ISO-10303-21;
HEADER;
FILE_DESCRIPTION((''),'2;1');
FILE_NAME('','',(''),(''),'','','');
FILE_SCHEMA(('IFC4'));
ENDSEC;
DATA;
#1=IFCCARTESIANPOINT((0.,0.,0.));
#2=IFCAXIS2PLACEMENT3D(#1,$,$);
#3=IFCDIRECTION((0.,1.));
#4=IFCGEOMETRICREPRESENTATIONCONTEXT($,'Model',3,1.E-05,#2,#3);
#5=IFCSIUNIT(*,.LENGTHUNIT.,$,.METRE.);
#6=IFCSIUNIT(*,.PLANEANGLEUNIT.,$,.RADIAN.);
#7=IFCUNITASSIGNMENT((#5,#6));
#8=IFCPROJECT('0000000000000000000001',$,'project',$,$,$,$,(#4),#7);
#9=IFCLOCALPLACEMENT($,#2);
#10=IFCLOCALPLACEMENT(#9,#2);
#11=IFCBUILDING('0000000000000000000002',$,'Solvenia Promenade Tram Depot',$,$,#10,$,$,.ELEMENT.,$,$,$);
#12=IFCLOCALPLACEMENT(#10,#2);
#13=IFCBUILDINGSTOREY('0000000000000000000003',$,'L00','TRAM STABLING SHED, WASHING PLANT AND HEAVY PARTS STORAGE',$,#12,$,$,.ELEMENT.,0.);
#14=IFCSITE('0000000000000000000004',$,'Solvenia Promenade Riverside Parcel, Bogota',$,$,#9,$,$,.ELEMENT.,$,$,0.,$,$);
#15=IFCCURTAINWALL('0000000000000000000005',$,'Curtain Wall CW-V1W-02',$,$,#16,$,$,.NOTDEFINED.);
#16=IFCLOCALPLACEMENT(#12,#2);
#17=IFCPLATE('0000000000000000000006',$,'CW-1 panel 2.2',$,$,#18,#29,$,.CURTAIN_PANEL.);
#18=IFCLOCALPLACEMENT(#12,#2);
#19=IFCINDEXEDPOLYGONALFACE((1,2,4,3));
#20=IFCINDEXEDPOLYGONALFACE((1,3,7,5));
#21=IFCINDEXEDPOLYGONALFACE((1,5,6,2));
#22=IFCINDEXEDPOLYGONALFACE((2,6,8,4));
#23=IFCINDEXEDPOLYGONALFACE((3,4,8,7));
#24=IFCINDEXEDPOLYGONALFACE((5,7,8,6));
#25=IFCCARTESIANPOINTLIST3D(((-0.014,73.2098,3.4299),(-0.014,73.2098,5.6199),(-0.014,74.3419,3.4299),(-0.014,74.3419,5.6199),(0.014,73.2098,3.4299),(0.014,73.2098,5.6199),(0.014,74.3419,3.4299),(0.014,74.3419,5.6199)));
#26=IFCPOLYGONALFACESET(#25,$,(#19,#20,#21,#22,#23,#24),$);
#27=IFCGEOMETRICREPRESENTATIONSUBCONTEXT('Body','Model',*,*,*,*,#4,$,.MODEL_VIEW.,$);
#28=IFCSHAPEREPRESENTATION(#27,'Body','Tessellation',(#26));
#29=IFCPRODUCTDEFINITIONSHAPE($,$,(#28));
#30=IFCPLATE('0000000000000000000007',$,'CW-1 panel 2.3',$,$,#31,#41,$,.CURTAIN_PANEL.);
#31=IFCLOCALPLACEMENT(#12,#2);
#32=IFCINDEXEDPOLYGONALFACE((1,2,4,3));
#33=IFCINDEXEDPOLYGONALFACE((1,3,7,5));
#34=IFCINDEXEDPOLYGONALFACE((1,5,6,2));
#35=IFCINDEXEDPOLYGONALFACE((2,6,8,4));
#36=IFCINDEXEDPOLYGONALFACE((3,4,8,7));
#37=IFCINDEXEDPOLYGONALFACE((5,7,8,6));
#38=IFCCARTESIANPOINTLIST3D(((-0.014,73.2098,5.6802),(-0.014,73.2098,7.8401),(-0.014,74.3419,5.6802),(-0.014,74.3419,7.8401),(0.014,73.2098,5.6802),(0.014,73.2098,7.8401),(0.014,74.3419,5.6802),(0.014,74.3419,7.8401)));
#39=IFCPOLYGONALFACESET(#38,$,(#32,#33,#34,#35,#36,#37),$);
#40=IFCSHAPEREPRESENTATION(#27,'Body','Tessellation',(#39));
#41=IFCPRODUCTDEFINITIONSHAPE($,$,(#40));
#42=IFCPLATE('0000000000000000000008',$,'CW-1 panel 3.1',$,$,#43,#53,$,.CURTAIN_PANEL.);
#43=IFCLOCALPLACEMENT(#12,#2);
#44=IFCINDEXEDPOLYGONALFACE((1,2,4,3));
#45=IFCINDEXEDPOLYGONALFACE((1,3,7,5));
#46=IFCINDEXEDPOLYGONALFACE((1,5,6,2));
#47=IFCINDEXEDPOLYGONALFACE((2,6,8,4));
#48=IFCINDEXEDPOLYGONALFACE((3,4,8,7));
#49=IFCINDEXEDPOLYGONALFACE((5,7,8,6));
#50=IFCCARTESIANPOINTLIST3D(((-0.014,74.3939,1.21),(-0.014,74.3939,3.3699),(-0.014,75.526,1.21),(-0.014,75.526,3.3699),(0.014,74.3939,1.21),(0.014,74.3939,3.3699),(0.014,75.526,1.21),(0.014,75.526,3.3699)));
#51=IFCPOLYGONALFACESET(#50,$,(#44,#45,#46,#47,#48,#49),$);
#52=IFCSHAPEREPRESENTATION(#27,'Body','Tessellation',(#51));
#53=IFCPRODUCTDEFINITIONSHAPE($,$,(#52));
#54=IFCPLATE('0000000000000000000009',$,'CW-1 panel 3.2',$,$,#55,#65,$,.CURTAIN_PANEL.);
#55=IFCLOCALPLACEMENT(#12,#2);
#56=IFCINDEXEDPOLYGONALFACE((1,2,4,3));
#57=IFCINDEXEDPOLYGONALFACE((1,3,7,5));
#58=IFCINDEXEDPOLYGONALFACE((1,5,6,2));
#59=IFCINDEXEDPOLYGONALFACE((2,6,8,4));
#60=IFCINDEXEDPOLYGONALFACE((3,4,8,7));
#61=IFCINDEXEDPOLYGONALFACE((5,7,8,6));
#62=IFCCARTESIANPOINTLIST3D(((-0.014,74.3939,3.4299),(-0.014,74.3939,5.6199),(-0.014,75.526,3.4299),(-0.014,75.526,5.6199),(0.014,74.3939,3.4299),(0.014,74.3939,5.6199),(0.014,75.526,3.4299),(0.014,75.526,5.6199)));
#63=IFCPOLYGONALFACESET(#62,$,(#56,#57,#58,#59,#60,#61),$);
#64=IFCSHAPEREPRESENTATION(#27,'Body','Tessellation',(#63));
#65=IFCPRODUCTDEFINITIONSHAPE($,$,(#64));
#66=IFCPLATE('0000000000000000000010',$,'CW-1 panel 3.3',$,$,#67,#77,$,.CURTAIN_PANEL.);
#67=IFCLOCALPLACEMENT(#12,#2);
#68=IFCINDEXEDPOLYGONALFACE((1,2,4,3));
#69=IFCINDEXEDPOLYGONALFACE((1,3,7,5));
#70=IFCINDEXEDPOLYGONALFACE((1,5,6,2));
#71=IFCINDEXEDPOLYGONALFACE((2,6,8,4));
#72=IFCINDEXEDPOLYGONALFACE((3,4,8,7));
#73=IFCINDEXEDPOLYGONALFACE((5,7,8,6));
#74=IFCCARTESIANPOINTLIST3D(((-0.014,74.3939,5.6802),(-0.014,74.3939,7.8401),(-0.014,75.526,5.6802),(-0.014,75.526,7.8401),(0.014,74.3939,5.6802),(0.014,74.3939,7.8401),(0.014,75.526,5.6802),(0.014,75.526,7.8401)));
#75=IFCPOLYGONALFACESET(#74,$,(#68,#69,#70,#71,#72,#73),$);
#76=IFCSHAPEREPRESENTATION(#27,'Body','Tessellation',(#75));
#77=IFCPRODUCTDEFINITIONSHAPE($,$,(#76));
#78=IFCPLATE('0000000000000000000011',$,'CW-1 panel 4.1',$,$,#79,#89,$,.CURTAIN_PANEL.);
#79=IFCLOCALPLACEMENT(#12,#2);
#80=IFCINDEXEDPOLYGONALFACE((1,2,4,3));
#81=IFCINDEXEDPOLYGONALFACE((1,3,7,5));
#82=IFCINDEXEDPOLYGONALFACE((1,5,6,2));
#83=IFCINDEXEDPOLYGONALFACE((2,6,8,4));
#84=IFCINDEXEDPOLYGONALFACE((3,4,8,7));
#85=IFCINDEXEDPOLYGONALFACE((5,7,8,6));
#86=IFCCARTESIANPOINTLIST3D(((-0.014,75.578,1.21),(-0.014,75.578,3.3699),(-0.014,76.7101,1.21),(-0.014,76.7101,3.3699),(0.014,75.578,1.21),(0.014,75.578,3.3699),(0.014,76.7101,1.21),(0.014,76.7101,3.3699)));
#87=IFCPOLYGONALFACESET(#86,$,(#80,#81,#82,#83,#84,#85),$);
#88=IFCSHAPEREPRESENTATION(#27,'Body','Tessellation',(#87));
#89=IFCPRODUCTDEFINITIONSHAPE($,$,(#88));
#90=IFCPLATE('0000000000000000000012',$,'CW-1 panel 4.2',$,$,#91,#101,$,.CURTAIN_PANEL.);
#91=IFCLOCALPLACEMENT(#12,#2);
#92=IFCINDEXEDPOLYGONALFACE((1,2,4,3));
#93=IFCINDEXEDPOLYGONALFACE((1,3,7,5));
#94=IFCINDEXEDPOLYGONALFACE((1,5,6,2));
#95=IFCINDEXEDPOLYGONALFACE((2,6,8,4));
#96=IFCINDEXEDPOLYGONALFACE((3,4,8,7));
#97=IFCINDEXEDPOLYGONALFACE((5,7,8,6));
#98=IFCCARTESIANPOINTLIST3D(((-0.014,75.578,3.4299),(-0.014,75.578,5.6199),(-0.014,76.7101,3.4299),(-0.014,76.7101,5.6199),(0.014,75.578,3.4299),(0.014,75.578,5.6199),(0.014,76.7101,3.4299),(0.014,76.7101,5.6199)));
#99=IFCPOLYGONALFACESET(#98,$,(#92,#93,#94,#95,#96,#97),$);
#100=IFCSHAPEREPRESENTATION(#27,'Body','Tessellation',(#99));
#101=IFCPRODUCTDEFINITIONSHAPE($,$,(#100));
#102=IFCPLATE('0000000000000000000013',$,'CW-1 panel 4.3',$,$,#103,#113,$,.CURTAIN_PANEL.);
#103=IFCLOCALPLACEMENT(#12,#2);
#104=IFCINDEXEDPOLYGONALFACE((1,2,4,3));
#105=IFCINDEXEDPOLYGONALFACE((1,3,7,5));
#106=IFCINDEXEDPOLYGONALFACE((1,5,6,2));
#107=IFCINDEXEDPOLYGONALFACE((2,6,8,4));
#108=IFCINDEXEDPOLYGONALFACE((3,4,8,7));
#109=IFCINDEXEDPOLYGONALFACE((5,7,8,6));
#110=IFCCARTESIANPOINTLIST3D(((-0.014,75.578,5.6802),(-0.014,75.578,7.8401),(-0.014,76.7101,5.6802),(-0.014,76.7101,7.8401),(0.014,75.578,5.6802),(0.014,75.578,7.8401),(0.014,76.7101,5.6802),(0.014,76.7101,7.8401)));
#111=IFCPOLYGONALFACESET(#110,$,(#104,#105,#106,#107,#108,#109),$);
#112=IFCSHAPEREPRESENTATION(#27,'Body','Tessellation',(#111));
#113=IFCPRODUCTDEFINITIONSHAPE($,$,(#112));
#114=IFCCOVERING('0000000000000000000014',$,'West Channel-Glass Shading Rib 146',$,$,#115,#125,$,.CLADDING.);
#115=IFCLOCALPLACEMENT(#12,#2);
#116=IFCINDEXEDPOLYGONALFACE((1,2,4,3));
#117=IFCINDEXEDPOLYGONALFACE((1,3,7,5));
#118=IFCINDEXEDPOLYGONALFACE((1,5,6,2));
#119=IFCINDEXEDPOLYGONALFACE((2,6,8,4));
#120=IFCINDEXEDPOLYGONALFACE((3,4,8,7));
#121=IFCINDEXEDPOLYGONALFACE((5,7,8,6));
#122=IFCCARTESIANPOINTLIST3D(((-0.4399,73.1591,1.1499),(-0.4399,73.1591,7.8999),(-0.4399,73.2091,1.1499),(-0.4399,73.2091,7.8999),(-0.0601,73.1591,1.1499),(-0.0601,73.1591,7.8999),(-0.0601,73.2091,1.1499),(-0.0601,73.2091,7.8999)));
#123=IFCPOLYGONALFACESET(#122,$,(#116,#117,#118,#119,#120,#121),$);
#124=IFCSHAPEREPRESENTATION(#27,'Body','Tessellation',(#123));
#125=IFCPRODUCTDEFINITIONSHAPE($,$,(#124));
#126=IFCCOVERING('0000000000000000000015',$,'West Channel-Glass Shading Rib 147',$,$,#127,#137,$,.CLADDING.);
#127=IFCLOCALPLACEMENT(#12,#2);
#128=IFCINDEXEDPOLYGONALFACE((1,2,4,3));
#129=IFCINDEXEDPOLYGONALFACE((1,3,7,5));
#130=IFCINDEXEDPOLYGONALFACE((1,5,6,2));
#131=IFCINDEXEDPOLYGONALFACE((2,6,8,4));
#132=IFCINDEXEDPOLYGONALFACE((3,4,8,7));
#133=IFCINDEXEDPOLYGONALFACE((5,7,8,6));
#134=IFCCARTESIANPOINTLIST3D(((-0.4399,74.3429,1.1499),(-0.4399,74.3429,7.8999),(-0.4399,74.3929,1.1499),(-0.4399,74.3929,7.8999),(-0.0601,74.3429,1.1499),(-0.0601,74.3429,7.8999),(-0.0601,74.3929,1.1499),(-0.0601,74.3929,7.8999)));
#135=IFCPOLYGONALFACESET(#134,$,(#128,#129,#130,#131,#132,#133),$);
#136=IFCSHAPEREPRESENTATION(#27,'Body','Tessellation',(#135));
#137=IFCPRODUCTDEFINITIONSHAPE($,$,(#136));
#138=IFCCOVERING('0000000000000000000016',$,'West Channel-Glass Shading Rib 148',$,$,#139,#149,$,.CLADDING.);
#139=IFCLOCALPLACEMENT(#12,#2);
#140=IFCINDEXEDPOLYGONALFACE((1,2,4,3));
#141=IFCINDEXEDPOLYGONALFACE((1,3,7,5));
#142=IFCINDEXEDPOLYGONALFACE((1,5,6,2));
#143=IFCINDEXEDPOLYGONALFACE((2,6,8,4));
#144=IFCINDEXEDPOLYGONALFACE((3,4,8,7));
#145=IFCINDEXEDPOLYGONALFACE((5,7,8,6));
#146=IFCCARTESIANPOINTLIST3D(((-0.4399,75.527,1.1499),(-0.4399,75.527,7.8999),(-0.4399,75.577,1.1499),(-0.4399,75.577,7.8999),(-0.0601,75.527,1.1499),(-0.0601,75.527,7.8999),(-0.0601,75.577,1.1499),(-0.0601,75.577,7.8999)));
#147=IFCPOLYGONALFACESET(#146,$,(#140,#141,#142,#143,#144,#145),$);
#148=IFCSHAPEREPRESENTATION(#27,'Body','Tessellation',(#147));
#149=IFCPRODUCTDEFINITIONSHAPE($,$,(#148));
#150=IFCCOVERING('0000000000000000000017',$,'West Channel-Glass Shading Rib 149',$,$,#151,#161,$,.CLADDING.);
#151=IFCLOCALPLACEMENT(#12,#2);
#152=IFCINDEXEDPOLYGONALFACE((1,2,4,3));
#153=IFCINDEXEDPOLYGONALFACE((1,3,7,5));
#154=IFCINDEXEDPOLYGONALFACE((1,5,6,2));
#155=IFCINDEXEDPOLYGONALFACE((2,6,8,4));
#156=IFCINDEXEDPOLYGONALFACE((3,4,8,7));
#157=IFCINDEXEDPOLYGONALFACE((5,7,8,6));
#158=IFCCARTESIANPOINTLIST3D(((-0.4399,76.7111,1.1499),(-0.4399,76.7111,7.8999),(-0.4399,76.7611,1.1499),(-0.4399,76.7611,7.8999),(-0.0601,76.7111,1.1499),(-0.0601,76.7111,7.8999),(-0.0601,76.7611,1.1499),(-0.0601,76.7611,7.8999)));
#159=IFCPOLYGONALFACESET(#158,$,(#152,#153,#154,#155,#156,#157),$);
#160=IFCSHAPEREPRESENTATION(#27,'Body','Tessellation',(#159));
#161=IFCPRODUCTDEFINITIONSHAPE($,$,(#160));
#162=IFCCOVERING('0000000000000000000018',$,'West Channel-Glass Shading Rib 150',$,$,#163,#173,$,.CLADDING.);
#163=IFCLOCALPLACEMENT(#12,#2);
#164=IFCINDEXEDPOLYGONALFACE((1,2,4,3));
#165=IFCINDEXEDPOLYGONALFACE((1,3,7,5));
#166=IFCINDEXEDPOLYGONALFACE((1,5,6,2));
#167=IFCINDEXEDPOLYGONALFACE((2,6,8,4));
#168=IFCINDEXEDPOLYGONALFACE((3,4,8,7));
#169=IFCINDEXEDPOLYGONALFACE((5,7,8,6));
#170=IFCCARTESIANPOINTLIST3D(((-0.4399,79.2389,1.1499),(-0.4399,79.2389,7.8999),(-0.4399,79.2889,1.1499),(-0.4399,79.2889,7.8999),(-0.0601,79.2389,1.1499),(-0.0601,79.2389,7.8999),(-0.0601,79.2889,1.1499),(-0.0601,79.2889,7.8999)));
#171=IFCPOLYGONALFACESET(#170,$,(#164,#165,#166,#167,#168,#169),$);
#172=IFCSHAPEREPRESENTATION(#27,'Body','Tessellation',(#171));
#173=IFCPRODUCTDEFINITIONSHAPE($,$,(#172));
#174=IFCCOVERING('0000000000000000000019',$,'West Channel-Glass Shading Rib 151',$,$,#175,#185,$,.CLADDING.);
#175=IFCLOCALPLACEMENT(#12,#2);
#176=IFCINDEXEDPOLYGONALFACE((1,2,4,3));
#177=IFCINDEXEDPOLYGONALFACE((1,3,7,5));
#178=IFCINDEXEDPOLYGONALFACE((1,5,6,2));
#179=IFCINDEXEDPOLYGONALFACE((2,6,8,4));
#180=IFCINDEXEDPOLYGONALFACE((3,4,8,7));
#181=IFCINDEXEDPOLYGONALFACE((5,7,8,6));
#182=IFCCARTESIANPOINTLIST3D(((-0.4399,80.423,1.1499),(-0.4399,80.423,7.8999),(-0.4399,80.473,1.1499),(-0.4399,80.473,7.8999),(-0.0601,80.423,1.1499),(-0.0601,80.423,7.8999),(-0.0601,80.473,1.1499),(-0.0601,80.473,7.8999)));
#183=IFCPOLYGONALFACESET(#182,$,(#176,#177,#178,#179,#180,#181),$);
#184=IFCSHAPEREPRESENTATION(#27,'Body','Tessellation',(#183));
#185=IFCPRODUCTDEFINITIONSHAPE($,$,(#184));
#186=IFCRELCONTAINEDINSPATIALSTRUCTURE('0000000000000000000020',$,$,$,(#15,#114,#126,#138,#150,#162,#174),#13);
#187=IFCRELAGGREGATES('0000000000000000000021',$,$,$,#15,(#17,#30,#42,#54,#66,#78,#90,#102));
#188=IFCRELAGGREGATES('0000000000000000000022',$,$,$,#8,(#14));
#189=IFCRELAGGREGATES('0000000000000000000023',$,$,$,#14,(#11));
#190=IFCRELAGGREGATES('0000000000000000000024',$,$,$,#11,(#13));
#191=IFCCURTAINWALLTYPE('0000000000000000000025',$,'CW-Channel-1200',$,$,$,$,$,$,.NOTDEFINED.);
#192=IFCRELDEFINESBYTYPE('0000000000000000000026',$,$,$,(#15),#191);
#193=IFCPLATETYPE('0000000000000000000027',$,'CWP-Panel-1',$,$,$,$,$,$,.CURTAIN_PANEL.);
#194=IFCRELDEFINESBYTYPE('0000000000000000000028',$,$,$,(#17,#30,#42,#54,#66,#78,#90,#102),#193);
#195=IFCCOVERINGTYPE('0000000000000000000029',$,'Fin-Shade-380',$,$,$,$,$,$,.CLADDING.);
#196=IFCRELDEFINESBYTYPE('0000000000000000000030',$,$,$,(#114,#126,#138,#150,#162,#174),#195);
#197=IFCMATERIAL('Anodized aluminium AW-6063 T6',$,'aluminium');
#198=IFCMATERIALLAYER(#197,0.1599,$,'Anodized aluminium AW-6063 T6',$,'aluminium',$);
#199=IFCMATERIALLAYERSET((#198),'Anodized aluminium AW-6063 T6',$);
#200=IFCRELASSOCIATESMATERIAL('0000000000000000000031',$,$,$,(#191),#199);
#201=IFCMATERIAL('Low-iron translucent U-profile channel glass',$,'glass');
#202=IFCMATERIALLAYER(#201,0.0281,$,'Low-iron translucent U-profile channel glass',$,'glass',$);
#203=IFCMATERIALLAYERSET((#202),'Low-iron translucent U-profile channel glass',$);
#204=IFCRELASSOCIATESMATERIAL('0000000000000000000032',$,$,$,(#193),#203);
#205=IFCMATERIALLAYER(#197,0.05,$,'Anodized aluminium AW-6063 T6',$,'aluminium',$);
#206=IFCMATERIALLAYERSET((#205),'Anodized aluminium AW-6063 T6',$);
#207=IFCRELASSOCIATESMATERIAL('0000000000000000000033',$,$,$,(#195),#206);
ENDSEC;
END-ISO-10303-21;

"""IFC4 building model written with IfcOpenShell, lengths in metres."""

from ifc_helpers import new_model, si_unit, direction, frame, origin, origin_2d, place, context, subcontext, project, spatial, rectangle, extrude, material, layer, layer_set, type_object, element, aggregate, save


model = new_model("IFC4")

# Units and contexts
model_context = context("Model", 3, precision=1e-05, world=origin(), true_north=direction((0.0, 1.0)))
body_context = subcontext(model_context, "Body", "Model", "MODEL_VIEW")
ifc_project = project(units=[si_unit("LENGTHUNIT", "METRE"), si_unit("PLANEANGLEUNIT", "RADIAN")], contexts=[model_context])

# Site, building, storey
site_placement = place(None, origin())
site = spatial("IfcSite", under=ifc_project, at=site_placement, Name="Solvenia Promenade Riverside Parcel, Bogota", CompositionType="ELEMENT", RefElevation=0.0)
building_placement = place(site_placement, origin())
building = spatial("IfcBuilding", under=site, at=building_placement, Name="Solvenia Promenade Tram Depot", CompositionType="ELEMENT")
storey_placement = place(building_placement, origin())
storey = spatial("IfcBuildingStorey", under=building, at=storey_placement, Name="L00", Description="TRAM STABLING SHED, WASHING PLANT AND HEAVY PARTS STORAGE", CompositionType="ELEMENT", Elevation=0.0)

# Curtain wall, plates
ifc_material_1 = material(Name="Anodized aluminium AW-6063 T6", Category="aluminium")
ifc_layer_1 = layer(ifc_material_1, 0.1599, Name="Anodized aluminium AW-6063 T6", Category="aluminium")
ifc_layer_set_1 = layer_set([ifc_layer_1], Name="Anodized aluminium AW-6063 T6")
curtain_wall_type = type_object("IfcCurtainWallType", Name="CW-Channel-1200", PredefinedType="NOTDEFINED", material=ifc_layer_set_1)
curtain_wall_placement = place(storey_placement, origin())
curtain_wall = element("IfcCurtainWall", 1, at=curtain_wall_placement, inside=storey, type_object=curtain_wall_type, Name="Curtain Wall CW-V1W-02", PredefinedType="NOTDEFINED")
ifc_material_2 = material(Name="Low-iron translucent U-profile channel glass", Category="glass")
ifc_layer_2 = layer(ifc_material_2, 0.0281, Name="Low-iron translucent U-profile channel glass", Category="glass")
ifc_layer_set_2 = layer_set([ifc_layer_2], Name="Low-iron translucent U-profile channel glass")
plate_type = type_object("IfcPlateType", Name="CWP-Panel-1", PredefinedType="CURTAIN_PANEL", material=ifc_layer_set_2)
plate_1_placement = place(storey_placement, frame((0.0, 73.7759, 3.4299), z_axis=(0.0, 0.0, 1.0), x_axis=(0.0, 1.0, 0.0)))
plate_1 = element("IfcPlate", 2, at=plate_1_placement, type_object=plate_type, Name="CW-1 panel 2.2", PredefinedType="CURTAIN_PANEL", context=body_context, shape_type="SweptSolid", body=[
    extrude(rectangle(XDim=1.1321, YDim=0.0281, at=origin_2d()), origin(), (0.0, 0.0, 1.0), 2.1899),
])
plate_2_placement = place(storey_placement, frame((0.0, 73.7759, 5.6802), z_axis=(0.0, 0.0, 1.0), x_axis=(0.0, 1.0, 0.0)))
plate_2 = element("IfcPlate", 3, at=plate_2_placement, type_object=plate_type, Name="CW-1 panel 2.3", PredefinedType="CURTAIN_PANEL", context=body_context, shape_type="SweptSolid", body=[
    extrude(rectangle(XDim=1.1321, YDim=0.0281, at=origin_2d()), origin(), (0.0, 0.0, 1.0), 2.1599),
])
plate_3_placement = place(storey_placement, frame((0.0, 74.96, 1.21), z_axis=(0.0, 0.0, 1.0), x_axis=(0.0, 1.0, 0.0)))
plate_3 = element("IfcPlate", 4, at=plate_3_placement, type_object=plate_type, Name="CW-1 panel 3.1", PredefinedType="CURTAIN_PANEL", context=body_context, shape_type="SweptSolid", body=[
    extrude(rectangle(XDim=1.1321, YDim=0.0281, at=origin_2d()), origin(), (0.0, 0.0, 1.0), 2.1599),
])
plate_4_placement = place(storey_placement, frame((0.0, 74.96, 3.4299), z_axis=(0.0, 0.0, 1.0), x_axis=(0.0, 1.0, 0.0)))
plate_4 = element("IfcPlate", 5, at=plate_4_placement, type_object=plate_type, Name="CW-1 panel 3.2", PredefinedType="CURTAIN_PANEL", context=body_context, shape_type="SweptSolid", body=[
    extrude(rectangle(XDim=1.1321, YDim=0.0281, at=origin_2d()), origin(), (0.0, 0.0, 1.0), 2.1899),
])
plate_5_placement = place(storey_placement, frame((0.0, 74.96, 5.6802), z_axis=(0.0, 0.0, 1.0), x_axis=(0.0, 1.0, 0.0)))
plate_5 = element("IfcPlate", 6, at=plate_5_placement, type_object=plate_type, Name="CW-1 panel 3.3", PredefinedType="CURTAIN_PANEL", context=body_context, shape_type="SweptSolid", body=[
    extrude(rectangle(XDim=1.1321, YDim=0.0281, at=origin_2d()), origin(), (0.0, 0.0, 1.0), 2.1599),
])
plate_6_placement = place(storey_placement, frame((0.0, 76.144, 1.21), z_axis=(0.0, 0.0, 1.0), x_axis=(0.0, 1.0, 0.0)))
plate_6 = element("IfcPlate", 7, at=plate_6_placement, type_object=plate_type, Name="CW-1 panel 4.1", PredefinedType="CURTAIN_PANEL", context=body_context, shape_type="SweptSolid", body=[
    extrude(rectangle(XDim=1.1321, YDim=0.0281, at=origin_2d()), origin(), (0.0, 0.0, 1.0), 2.1599),
])
plate_7_placement = place(storey_placement, frame((0.0, 76.144, 3.4299), z_axis=(0.0, 0.0, 1.0), x_axis=(0.0, 1.0, 0.0)))
plate_7 = element("IfcPlate", 8, at=plate_7_placement, type_object=plate_type, Name="CW-1 panel 4.2", PredefinedType="CURTAIN_PANEL", context=body_context, shape_type="SweptSolid", body=[
    extrude(rectangle(XDim=1.1321, YDim=0.0281, at=origin_2d()), origin(), (0.0, 0.0, 1.0), 2.1899),
])
plate_8_placement = place(storey_placement, frame((0.0, 76.144, 5.6802), z_axis=(0.0, 0.0, 1.0), x_axis=(0.0, 1.0, 0.0)))
plate_8 = element("IfcPlate", 9, at=plate_8_placement, type_object=plate_type, Name="CW-1 panel 4.3", PredefinedType="CURTAIN_PANEL", context=body_context, shape_type="SweptSolid", body=[
    extrude(rectangle(XDim=1.1321, YDim=0.0281, at=origin_2d()), origin(), (0.0, 0.0, 1.0), 2.1599),
])
aggregate(curtain_wall, [plate_1, plate_2, plate_3, plate_4, plate_5, plate_6, plate_7, plate_8])

# Coverings
ifc_layer_3 = layer(ifc_material_1, 0.05, Name="Anodized aluminium AW-6063 T6", Category="aluminium")
ifc_layer_set_3 = layer_set([ifc_layer_3], Name="Anodized aluminium AW-6063 T6")
covering_type = type_object("IfcCoveringType", Name="Fin-Shade-380", PredefinedType="CLADDING", material=ifc_layer_set_3)
for number, where, z_axis, x_axis, name in (
    (10, (-0.25, 73.1841, 1.1499), (0.0, 0.0, 1.0), (1.0, 0.0, 0.0), "West Channel-Glass Shading Rib 146"),
    (11, (-0.25, 74.3679, 1.1499), (0.0, 0.0, 1.0), (1.0, 0.0, 0.0), "West Channel-Glass Shading Rib 147"),
    (12, (-0.25, 75.552, 1.1499), (0.0, 0.0, 1.0), (1.0, 0.0, 0.0), "West Channel-Glass Shading Rib 148"),
    (13, (-0.25, 76.7361, 1.1499), (0.0, 0.0, 1.0), (1.0, 0.0, 0.0), "West Channel-Glass Shading Rib 149"),
    (14, (-0.25, 79.2639, 1.1499), (0.0, 0.0, 1.0), (1.0, 0.0, 0.0), "West Channel-Glass Shading Rib 150"),
    (15, (-0.25, 80.448, 1.1499), (0.0, 0.0, 1.0), (1.0, 0.0, 0.0), "West Channel-Glass Shading Rib 151"),
):
    element("IfcCovering", number, at=place(storey_placement, frame(where, z_axis=z_axis, x_axis=x_axis)), inside=storey, type_object=covering_type, Name=name, PredefinedType="CLADDING", context=body_context, shape_type="SweptSolid", body=[
        extrude(rectangle(XDim=0.3799, YDim=0.05, at=origin_2d()), origin(), (0.0, 0.0, 1.0), 6.75),
    ])

save(model, "model.ifc")
